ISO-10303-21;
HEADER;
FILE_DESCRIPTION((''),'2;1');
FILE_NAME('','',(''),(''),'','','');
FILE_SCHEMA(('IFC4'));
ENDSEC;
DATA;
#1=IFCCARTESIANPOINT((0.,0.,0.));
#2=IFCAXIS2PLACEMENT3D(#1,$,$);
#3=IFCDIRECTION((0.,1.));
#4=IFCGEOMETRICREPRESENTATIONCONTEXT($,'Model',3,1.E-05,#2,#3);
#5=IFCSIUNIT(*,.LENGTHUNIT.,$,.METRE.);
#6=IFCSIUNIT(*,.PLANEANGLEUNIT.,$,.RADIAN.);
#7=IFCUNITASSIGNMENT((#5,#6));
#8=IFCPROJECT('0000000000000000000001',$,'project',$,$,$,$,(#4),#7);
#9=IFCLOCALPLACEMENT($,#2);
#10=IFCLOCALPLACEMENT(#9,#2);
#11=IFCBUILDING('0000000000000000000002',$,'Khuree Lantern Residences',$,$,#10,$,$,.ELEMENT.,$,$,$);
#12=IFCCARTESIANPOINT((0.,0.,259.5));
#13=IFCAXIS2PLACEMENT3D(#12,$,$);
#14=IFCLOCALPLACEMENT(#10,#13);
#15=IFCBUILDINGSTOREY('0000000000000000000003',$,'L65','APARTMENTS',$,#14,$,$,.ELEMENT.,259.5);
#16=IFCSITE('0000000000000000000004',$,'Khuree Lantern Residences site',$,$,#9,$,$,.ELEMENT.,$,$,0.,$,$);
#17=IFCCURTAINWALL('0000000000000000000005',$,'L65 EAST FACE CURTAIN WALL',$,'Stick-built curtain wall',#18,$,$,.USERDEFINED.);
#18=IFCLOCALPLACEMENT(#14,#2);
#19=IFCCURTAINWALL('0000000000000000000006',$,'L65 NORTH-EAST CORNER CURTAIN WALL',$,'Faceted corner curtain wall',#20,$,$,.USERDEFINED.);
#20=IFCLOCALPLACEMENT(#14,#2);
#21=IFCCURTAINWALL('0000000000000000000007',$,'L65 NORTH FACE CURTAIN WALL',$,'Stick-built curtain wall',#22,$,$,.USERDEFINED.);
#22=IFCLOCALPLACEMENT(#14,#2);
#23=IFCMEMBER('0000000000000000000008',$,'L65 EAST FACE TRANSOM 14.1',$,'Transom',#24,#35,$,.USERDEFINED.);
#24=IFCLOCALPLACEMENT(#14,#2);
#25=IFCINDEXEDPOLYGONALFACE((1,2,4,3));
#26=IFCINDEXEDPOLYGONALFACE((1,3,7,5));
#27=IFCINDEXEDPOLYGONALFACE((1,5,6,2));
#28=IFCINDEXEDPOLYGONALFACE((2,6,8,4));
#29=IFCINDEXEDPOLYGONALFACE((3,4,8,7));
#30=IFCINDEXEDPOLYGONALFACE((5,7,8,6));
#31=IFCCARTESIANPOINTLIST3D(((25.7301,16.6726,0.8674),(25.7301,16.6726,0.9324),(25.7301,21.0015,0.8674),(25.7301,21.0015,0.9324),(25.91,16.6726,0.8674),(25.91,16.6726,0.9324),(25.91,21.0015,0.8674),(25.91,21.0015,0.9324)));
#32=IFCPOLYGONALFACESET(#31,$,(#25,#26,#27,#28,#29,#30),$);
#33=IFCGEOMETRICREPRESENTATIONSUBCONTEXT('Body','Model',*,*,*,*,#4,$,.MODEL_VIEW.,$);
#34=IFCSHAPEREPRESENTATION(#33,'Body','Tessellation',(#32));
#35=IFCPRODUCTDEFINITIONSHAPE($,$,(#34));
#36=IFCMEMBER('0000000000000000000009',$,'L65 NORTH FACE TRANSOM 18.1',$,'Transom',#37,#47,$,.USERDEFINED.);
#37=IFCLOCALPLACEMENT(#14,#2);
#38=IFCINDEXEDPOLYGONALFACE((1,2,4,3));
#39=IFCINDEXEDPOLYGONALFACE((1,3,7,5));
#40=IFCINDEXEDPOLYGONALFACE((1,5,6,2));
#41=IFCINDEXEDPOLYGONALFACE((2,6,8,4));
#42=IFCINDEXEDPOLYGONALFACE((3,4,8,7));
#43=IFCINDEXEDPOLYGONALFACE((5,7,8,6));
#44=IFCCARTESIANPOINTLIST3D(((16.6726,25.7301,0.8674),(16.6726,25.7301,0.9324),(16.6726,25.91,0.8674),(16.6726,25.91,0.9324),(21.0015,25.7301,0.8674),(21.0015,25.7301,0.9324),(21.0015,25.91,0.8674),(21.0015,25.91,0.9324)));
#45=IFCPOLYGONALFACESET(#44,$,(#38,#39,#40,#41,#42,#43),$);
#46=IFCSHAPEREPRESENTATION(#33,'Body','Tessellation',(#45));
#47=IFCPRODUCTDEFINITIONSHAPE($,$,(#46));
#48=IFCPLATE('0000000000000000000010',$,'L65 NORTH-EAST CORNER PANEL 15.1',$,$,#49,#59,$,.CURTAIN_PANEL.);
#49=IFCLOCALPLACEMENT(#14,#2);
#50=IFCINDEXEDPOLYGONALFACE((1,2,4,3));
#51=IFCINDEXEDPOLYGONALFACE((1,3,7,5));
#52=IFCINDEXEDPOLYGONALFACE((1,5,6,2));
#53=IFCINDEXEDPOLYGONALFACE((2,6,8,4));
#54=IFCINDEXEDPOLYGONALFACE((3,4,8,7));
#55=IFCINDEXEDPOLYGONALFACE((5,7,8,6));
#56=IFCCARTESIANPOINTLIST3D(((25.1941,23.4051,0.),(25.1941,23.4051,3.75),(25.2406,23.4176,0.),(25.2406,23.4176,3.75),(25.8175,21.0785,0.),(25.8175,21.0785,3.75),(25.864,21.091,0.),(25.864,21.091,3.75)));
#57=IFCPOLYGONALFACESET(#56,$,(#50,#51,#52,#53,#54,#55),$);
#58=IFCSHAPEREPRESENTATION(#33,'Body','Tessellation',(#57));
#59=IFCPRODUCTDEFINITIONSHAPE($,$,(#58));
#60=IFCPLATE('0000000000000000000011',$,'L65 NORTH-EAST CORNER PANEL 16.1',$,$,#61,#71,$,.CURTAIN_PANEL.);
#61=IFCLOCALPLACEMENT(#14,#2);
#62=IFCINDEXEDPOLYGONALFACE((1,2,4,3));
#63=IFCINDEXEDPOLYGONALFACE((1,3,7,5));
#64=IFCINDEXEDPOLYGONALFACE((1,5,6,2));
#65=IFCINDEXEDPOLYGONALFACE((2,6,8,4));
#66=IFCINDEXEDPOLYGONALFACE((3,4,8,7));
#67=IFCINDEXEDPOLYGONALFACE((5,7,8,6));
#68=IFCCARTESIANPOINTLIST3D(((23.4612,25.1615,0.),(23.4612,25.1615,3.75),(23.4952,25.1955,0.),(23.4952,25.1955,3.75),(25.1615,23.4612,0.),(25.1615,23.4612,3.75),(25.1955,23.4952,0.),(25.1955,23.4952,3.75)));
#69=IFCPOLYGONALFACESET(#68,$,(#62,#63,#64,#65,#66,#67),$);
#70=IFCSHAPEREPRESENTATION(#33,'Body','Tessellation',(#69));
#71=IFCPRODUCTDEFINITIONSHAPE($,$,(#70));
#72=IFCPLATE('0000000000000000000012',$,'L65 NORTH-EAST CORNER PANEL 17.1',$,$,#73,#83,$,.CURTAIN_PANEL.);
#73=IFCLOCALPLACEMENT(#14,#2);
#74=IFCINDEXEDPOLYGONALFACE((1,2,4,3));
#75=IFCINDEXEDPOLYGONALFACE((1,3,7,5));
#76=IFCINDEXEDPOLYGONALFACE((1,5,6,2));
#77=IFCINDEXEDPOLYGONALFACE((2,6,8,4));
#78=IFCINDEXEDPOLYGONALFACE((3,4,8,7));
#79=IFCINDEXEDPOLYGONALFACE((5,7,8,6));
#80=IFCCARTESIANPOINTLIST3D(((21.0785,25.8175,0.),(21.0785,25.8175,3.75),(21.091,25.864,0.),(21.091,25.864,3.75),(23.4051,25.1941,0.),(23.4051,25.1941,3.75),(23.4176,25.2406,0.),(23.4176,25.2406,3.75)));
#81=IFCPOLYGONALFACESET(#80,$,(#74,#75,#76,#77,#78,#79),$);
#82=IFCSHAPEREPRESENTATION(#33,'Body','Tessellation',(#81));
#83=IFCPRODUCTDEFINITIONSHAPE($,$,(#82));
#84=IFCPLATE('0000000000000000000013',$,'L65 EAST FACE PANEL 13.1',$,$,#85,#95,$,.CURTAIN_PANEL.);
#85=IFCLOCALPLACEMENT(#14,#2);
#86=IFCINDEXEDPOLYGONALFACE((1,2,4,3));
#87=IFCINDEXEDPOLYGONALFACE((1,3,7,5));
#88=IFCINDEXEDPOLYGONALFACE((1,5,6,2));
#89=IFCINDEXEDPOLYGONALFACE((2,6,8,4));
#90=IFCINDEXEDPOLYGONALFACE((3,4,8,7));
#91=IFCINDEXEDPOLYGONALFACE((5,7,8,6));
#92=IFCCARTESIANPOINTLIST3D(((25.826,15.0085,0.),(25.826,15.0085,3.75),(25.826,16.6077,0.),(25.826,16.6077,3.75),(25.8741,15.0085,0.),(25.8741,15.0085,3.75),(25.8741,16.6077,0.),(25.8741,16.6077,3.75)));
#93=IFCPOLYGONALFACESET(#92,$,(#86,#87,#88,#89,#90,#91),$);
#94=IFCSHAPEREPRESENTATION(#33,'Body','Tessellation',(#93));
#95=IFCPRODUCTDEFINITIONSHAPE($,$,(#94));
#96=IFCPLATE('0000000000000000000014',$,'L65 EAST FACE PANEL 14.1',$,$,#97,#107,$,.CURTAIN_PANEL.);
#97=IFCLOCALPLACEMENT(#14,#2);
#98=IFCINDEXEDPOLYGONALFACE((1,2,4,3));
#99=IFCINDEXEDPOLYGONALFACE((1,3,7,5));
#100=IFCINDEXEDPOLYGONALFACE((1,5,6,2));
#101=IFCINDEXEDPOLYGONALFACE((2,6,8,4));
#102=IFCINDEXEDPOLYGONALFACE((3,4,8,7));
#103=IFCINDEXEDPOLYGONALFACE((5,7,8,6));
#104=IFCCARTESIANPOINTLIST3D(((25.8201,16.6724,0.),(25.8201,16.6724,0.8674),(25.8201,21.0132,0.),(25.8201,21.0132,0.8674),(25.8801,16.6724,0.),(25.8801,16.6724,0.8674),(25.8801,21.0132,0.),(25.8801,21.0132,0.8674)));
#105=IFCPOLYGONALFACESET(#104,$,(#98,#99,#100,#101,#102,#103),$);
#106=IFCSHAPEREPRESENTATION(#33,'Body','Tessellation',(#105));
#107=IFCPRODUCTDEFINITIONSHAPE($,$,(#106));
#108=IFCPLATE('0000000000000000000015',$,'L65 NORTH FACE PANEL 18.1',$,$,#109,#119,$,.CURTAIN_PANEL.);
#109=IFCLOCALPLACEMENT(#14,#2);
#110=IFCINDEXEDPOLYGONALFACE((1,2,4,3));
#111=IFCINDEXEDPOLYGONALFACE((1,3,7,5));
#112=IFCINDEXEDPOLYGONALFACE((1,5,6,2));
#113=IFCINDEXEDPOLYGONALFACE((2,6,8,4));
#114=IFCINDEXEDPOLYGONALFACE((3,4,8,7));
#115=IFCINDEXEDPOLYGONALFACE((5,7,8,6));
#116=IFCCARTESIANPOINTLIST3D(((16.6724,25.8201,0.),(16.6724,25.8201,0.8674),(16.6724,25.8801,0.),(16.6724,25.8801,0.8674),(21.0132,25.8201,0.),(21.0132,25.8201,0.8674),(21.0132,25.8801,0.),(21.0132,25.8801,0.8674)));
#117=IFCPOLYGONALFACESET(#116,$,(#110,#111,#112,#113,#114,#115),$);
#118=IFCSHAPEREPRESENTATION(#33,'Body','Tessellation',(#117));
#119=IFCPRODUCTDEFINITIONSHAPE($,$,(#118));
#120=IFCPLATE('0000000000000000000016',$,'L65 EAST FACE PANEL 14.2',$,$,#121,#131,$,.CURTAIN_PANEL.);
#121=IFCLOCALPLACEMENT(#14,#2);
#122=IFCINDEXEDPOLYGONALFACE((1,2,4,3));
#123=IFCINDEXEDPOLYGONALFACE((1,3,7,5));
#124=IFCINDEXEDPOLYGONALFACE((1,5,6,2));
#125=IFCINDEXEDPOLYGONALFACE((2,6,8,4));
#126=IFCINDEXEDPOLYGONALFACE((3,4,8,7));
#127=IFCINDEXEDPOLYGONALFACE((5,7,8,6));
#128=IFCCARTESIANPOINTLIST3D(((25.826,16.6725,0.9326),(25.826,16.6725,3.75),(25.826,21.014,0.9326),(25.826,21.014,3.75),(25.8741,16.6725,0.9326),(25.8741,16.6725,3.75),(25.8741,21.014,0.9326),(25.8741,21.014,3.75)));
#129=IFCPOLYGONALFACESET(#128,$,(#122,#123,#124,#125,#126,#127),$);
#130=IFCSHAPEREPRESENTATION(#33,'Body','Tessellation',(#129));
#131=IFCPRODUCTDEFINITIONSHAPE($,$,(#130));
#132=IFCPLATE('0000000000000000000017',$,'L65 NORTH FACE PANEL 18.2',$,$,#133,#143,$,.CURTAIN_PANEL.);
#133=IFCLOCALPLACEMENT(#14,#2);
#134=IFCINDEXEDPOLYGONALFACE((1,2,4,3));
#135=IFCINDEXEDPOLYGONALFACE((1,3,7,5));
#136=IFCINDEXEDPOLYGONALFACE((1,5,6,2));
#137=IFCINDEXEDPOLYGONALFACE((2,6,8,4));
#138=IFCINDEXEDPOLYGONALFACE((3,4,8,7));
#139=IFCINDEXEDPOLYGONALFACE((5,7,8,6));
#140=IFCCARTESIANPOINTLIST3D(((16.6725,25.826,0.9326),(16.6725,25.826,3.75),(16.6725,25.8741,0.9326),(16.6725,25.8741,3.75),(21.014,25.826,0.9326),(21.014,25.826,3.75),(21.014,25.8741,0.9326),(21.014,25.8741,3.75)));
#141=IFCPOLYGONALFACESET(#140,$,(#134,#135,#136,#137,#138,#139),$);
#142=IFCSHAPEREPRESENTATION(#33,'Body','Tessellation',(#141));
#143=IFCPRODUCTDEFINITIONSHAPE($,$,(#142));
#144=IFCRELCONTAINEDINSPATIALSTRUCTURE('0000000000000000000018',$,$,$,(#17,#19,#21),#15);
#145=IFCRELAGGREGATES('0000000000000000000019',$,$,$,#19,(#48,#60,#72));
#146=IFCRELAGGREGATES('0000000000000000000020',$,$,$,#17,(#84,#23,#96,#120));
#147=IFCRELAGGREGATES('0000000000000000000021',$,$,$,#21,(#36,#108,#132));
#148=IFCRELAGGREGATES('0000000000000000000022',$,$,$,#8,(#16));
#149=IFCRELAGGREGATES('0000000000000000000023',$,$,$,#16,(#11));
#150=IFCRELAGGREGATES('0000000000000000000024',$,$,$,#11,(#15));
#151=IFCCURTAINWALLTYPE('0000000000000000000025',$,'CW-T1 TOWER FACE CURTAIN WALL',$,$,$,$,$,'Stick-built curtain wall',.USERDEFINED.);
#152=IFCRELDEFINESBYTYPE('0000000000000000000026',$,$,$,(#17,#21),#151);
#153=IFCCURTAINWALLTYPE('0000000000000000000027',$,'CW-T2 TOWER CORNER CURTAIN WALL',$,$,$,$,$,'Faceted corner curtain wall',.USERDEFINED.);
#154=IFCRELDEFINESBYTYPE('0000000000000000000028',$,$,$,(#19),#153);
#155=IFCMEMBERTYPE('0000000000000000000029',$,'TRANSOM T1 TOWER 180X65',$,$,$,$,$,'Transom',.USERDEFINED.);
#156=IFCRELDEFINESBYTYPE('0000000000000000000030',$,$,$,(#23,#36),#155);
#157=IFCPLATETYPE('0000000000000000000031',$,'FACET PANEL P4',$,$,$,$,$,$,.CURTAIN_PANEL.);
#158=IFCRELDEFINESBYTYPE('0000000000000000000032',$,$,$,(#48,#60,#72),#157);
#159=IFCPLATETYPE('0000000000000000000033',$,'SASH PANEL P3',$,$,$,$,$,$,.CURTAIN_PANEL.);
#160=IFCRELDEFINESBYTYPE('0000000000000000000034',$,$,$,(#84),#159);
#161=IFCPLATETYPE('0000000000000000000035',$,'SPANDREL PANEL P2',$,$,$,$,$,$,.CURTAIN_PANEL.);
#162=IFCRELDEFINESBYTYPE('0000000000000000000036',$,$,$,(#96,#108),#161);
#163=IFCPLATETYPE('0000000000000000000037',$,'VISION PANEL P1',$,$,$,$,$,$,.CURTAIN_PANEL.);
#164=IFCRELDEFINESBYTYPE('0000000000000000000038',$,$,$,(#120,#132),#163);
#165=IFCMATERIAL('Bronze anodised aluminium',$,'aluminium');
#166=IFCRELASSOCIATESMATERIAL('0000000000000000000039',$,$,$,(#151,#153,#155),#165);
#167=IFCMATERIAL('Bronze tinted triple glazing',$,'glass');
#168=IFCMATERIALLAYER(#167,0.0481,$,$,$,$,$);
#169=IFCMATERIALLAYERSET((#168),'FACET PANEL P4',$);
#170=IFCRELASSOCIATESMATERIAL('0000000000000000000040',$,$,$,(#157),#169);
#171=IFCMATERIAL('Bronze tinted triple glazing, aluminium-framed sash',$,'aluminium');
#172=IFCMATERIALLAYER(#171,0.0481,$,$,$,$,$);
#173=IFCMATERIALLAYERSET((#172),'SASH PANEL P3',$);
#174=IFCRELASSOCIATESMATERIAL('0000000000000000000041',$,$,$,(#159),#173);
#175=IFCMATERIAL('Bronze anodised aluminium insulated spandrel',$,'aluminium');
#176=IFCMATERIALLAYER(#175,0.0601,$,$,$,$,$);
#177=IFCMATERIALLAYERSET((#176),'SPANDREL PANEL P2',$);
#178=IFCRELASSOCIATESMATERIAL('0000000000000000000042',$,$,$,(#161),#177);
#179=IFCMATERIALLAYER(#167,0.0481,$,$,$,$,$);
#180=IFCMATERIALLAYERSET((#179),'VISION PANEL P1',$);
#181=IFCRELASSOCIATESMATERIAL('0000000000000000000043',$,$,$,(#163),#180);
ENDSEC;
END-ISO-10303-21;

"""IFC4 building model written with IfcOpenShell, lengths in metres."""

from ifc_helpers import new_model, si_unit, direction, frame, origin, origin_2d, place, context, subcontext, project, spatial, rectangle, extrude, material, layer, layer_set, material_profile, profile_set, type_object, element, aggregate, save


model = new_model("IFC4")

# Units and contexts
model_context = context("Model", 3, precision=1e-05, world=origin(), true_north=direction((0.0, 1.0)))
body_context = subcontext(model_context, "Body", "Model", "MODEL_VIEW")
ifc_project = project(units=[si_unit("LENGTHUNIT", "METRE"), si_unit("PLANEANGLEUNIT", "RADIAN")], contexts=[model_context])

# Site, building, storey
site_placement = place(None, origin())
site = spatial("IfcSite", under=ifc_project, at=site_placement, Name="Khuree Lantern Residences site", CompositionType="ELEMENT", RefElevation=0.0)
building_placement = place(site_placement, origin())
building = spatial("IfcBuilding", under=site, at=building_placement, Name="Khuree Lantern Residences", CompositionType="ELEMENT")
storey_placement = place(building_placement, frame((0.0, 0.0, 259.5)))
storey = spatial("IfcBuildingStorey", under=building, at=storey_placement, Name="L65", Description="APARTMENTS", CompositionType="ELEMENT", Elevation=259.5)

# Curtain walls
ifc_material_1 = material(Name="Bronze anodised aluminium", Category="aluminium")
curtain_wall_type_1 = type_object("IfcCurtainWallType", Name="CW-T1 TOWER FACE CURTAIN WALL", ElementType="Stick-built curtain wall", PredefinedType="USERDEFINED", material=ifc_material_1)
curtain_wall_1_placement = place(storey_placement, origin())
curtain_wall_1 = element("IfcCurtainWall", 1, at=curtain_wall_1_placement, inside=storey, type_object=curtain_wall_type_1, Name="L65 EAST FACE CURTAIN WALL", ObjectType="Stick-built curtain wall", PredefinedType="USERDEFINED")
curtain_wall_type_2 = type_object("IfcCurtainWallType", Name="CW-T2 TOWER CORNER CURTAIN WALL", ElementType="Faceted corner curtain wall", PredefinedType="USERDEFINED", material=ifc_material_1)
curtain_wall_2_placement = place(storey_placement, origin())
curtain_wall_2 = element("IfcCurtainWall", 2, at=curtain_wall_2_placement, inside=storey, type_object=curtain_wall_type_2, Name="L65 NORTH-EAST CORNER CURTAIN WALL", ObjectType="Faceted corner curtain wall", PredefinedType="USERDEFINED")

# Curtain wall
curtain_wall_3_placement = place(storey_placement, origin())
curtain_wall_3 = element("IfcCurtainWall", 3, at=curtain_wall_3_placement, inside=storey, type_object=curtain_wall_type_1, Name="L65 NORTH FACE CURTAIN WALL", ObjectType="Stick-built curtain wall", PredefinedType="USERDEFINED")

# Members
ifc_material_profile_1 = material_profile(ifc_material_1, rectangle(XDim=0.1799, YDim=0.0649, at=origin_2d()), Name="T1 180X65")
ifc_profile_set_1 = profile_set([ifc_material_profile_1], Name="Bronze anodised aluminium")
member_type_1 = type_object("IfcMemberType", Name="TRANSOM T1 TOWER 180X65", ElementType="Transom", PredefinedType="USERDEFINED", material=ifc_profile_set_1)
member_1_placement = place(storey_placement, frame((25.8201, 16.6726, 0.8999), z_axis=(0.0, 1.0, 0.0), x_axis=(-1.0, 0.0, 0.0)))
member_1 = element("IfcMember", 4, at=member_1_placement, type_object=member_type_1, Name="L65 EAST FACE TRANSOM 14.1", ObjectType="Transom", PredefinedType="USERDEFINED", context=body_context, shape_type="SweptSolid", body=[
    extrude(rectangle(XDim=0.1799, YDim=0.0649, at=origin_2d()), origin(), (0.0, 0.0, 1.0), 4.3289),
])
member_2_placement = place(storey_placement, frame((21.0015, 25.8201, 0.8999), z_axis=(-1.0, 0.0, 0.0), x_axis=(0.0, -1.0, 0.0)))
member_2 = element("IfcMember", 5, at=member_2_placement, type_object=member_type_1, Name="L65 NORTH FACE TRANSOM 18.1", ObjectType="Transom", PredefinedType="USERDEFINED", context=body_context, shape_type="SweptSolid", body=[
    extrude(rectangle(XDim=0.1799, YDim=0.0649, at=origin_2d()), origin(), (0.0, 0.0, 1.0), 4.3289),
])

# Plates
ifc_material_2 = material(Name="Bronze tinted triple glazing", Category="glass")
ifc_layer_1 = layer(ifc_material_2, 0.0481)
ifc_layer_set_1 = layer_set([ifc_layer_1], Name="FACET PANEL P4")
plate_type_1 = type_object("IfcPlateType", Name="FACET PANEL P4", PredefinedType="CURTAIN_PANEL", material=ifc_layer_set_1)
plate_1_placement = place(storey_placement, frame((25.5291, 22.248, 0.0), z_axis=(0.0, 0.0, 1.0), x_axis=(-0.258819, 0.965926, 0.0)))
plate_1 = element("IfcPlate", 6, at=plate_1_placement, type_object=plate_type_1, Name="L65 NORTH-EAST CORNER PANEL 15.1", PredefinedType="CURTAIN_PANEL", context=body_context, shape_type="SweptSolid", body=[
    extrude(rectangle(XDim=2.4087, YDim=0.0481, at=origin_2d()), origin(), (0.0, 0.0, 1.0), 3.75),
])
plate_2_placement = place(storey_placement, frame((24.3284, 24.3284, 0.0), z_axis=(0.0, 0.0, 1.0), x_axis=(-0.707107, 0.707107, 0.0)))
plate_2 = element("IfcPlate", 7, at=plate_2_placement, type_object=plate_type_1, Name="L65 NORTH-EAST CORNER PANEL 16.1", PredefinedType="CURTAIN_PANEL", context=body_context, shape_type="SweptSolid", body=[
    extrude(rectangle(XDim=2.4045, YDim=0.0481, at=origin_2d()), origin(), (0.0, 0.0, 1.0), 3.75),
])
plate_3_placement = place(storey_placement, frame((22.248, 25.5291, 0.0), z_axis=(0.0, 0.0, 1.0), x_axis=(-0.965926, 0.258819, 0.0)))
plate_3 = element("IfcPlate", 8, at=plate_3_placement, type_object=plate_type_1, Name="L65 NORTH-EAST CORNER PANEL 17.1", PredefinedType="CURTAIN_PANEL", context=body_context, shape_type="SweptSolid", body=[
    extrude(rectangle(XDim=2.4087, YDim=0.0481, at=origin_2d()), origin(), (0.0, 0.0, 1.0), 3.75),
])
aggregate(curtain_wall_2, [plate_1, plate_2, plate_3])
ifc_material_3 = material(Name="Bronze tinted triple glazing, aluminium-framed sash", Category="aluminium")
ifc_layer_2 = layer(ifc_material_3, 0.0481)
ifc_layer_set_2 = layer_set([ifc_layer_2], Name="SASH PANEL P3")
plate_type_2 = type_object("IfcPlateType", Name="SASH PANEL P3", PredefinedType="CURTAIN_PANEL", material=ifc_layer_set_2)
plate_4_placement = place(storey_placement, frame((25.8501, 15.8081, 0.0), z_axis=(0.0, 0.0, 1.0), x_axis=(0.0, 1.0, 0.0)))
plate_4 = element("IfcPlate", 9, at=plate_4_placement, type_object=plate_type_2, Name="L65 EAST FACE PANEL 13.1", PredefinedType="CURTAIN_PANEL", context=body_context, shape_type="SweptSolid", body=[
    extrude(rectangle(XDim=1.5991, YDim=0.0481, at=origin_2d()), origin(), (0.0, 0.0, 1.0), 3.75),
])
ifc_material_4 = material(Name="Bronze anodised aluminium insulated spandrel", Category="aluminium")
ifc_layer_3 = layer(ifc_material_4, 0.0601)
ifc_layer_set_3 = layer_set([ifc_layer_3], Name="SPANDREL PANEL P2")
plate_type_3 = type_object("IfcPlateType", Name="SPANDREL PANEL P2", PredefinedType="CURTAIN_PANEL", material=ifc_layer_set_3)
plate_5_placement = place(storey_placement, frame((25.8501, 18.8428, 0.0), z_axis=(0.0, 0.0, 1.0), x_axis=(0.0, 1.0, 0.0)))
plate_5 = element("IfcPlate", 10, at=plate_5_placement, type_object=plate_type_3, Name="L65 EAST FACE PANEL 14.1", PredefinedType="CURTAIN_PANEL", context=body_context, shape_type="SweptSolid", body=[
    extrude(rectangle(XDim=4.3408, YDim=0.0601, at=origin_2d()), origin(), (0.0, 0.0, 1.0), 0.8674),
])
plate_6_placement = place(storey_placement, frame((18.8428, 25.8501, 0.0), z_axis=(0.0, 0.0, 1.0), x_axis=(-1.0, 0.0, 0.0)))
plate_6 = element("IfcPlate", 11, at=plate_6_placement, type_object=plate_type_3, Name="L65 NORTH FACE PANEL 18.1", PredefinedType="CURTAIN_PANEL", context=body_context, shape_type="SweptSolid", body=[
    extrude(rectangle(XDim=4.3408, YDim=0.0601, at=origin_2d()), origin(), (0.0, 0.0, 1.0), 0.8674),
])
ifc_layer_4 = layer(ifc_material_2, 0.0481)
ifc_layer_set_4 = layer_set([ifc_layer_4], Name="VISION PANEL P1")
plate_type_4 = type_object("IfcPlateType", Name="VISION PANEL P1", PredefinedType="CURTAIN_PANEL", material=ifc_layer_set_4)
plate_7_placement = place(storey_placement, frame((25.8501, 18.8433, 0.9326), z_axis=(0.0, 0.0, 1.0), x_axis=(0.0, 1.0, 0.0)))
plate_7 = element("IfcPlate", 12, at=plate_7_placement, type_object=plate_type_4, Name="L65 EAST FACE PANEL 14.2", PredefinedType="CURTAIN_PANEL", context=body_context, shape_type="SweptSolid", body=[
    extrude(rectangle(XDim=4.3416, YDim=0.0481, at=origin_2d()), origin(), (0.0, 0.0, 1.0), 2.8174),
])
aggregate(curtain_wall_1, [plate_4, member_1, plate_5, plate_7])
plate_8_placement = place(storey_placement, frame((18.8433, 25.8501, 0.9326), z_axis=(0.0, 0.0, 1.0), x_axis=(-1.0, 0.0, 0.0)))
plate_8 = element("IfcPlate", 13, at=plate_8_placement, type_object=plate_type_4, Name="L65 NORTH FACE PANEL 18.2", PredefinedType="CURTAIN_PANEL", context=body_context, shape_type="SweptSolid", body=[
    extrude(rectangle(XDim=4.3416, YDim=0.0481, at=origin_2d()), origin(), (0.0, 0.0, 1.0), 2.8174),
])
aggregate(curtain_wall_3, [member_2, plate_6, plate_8])

save(model, "model.ifc")
